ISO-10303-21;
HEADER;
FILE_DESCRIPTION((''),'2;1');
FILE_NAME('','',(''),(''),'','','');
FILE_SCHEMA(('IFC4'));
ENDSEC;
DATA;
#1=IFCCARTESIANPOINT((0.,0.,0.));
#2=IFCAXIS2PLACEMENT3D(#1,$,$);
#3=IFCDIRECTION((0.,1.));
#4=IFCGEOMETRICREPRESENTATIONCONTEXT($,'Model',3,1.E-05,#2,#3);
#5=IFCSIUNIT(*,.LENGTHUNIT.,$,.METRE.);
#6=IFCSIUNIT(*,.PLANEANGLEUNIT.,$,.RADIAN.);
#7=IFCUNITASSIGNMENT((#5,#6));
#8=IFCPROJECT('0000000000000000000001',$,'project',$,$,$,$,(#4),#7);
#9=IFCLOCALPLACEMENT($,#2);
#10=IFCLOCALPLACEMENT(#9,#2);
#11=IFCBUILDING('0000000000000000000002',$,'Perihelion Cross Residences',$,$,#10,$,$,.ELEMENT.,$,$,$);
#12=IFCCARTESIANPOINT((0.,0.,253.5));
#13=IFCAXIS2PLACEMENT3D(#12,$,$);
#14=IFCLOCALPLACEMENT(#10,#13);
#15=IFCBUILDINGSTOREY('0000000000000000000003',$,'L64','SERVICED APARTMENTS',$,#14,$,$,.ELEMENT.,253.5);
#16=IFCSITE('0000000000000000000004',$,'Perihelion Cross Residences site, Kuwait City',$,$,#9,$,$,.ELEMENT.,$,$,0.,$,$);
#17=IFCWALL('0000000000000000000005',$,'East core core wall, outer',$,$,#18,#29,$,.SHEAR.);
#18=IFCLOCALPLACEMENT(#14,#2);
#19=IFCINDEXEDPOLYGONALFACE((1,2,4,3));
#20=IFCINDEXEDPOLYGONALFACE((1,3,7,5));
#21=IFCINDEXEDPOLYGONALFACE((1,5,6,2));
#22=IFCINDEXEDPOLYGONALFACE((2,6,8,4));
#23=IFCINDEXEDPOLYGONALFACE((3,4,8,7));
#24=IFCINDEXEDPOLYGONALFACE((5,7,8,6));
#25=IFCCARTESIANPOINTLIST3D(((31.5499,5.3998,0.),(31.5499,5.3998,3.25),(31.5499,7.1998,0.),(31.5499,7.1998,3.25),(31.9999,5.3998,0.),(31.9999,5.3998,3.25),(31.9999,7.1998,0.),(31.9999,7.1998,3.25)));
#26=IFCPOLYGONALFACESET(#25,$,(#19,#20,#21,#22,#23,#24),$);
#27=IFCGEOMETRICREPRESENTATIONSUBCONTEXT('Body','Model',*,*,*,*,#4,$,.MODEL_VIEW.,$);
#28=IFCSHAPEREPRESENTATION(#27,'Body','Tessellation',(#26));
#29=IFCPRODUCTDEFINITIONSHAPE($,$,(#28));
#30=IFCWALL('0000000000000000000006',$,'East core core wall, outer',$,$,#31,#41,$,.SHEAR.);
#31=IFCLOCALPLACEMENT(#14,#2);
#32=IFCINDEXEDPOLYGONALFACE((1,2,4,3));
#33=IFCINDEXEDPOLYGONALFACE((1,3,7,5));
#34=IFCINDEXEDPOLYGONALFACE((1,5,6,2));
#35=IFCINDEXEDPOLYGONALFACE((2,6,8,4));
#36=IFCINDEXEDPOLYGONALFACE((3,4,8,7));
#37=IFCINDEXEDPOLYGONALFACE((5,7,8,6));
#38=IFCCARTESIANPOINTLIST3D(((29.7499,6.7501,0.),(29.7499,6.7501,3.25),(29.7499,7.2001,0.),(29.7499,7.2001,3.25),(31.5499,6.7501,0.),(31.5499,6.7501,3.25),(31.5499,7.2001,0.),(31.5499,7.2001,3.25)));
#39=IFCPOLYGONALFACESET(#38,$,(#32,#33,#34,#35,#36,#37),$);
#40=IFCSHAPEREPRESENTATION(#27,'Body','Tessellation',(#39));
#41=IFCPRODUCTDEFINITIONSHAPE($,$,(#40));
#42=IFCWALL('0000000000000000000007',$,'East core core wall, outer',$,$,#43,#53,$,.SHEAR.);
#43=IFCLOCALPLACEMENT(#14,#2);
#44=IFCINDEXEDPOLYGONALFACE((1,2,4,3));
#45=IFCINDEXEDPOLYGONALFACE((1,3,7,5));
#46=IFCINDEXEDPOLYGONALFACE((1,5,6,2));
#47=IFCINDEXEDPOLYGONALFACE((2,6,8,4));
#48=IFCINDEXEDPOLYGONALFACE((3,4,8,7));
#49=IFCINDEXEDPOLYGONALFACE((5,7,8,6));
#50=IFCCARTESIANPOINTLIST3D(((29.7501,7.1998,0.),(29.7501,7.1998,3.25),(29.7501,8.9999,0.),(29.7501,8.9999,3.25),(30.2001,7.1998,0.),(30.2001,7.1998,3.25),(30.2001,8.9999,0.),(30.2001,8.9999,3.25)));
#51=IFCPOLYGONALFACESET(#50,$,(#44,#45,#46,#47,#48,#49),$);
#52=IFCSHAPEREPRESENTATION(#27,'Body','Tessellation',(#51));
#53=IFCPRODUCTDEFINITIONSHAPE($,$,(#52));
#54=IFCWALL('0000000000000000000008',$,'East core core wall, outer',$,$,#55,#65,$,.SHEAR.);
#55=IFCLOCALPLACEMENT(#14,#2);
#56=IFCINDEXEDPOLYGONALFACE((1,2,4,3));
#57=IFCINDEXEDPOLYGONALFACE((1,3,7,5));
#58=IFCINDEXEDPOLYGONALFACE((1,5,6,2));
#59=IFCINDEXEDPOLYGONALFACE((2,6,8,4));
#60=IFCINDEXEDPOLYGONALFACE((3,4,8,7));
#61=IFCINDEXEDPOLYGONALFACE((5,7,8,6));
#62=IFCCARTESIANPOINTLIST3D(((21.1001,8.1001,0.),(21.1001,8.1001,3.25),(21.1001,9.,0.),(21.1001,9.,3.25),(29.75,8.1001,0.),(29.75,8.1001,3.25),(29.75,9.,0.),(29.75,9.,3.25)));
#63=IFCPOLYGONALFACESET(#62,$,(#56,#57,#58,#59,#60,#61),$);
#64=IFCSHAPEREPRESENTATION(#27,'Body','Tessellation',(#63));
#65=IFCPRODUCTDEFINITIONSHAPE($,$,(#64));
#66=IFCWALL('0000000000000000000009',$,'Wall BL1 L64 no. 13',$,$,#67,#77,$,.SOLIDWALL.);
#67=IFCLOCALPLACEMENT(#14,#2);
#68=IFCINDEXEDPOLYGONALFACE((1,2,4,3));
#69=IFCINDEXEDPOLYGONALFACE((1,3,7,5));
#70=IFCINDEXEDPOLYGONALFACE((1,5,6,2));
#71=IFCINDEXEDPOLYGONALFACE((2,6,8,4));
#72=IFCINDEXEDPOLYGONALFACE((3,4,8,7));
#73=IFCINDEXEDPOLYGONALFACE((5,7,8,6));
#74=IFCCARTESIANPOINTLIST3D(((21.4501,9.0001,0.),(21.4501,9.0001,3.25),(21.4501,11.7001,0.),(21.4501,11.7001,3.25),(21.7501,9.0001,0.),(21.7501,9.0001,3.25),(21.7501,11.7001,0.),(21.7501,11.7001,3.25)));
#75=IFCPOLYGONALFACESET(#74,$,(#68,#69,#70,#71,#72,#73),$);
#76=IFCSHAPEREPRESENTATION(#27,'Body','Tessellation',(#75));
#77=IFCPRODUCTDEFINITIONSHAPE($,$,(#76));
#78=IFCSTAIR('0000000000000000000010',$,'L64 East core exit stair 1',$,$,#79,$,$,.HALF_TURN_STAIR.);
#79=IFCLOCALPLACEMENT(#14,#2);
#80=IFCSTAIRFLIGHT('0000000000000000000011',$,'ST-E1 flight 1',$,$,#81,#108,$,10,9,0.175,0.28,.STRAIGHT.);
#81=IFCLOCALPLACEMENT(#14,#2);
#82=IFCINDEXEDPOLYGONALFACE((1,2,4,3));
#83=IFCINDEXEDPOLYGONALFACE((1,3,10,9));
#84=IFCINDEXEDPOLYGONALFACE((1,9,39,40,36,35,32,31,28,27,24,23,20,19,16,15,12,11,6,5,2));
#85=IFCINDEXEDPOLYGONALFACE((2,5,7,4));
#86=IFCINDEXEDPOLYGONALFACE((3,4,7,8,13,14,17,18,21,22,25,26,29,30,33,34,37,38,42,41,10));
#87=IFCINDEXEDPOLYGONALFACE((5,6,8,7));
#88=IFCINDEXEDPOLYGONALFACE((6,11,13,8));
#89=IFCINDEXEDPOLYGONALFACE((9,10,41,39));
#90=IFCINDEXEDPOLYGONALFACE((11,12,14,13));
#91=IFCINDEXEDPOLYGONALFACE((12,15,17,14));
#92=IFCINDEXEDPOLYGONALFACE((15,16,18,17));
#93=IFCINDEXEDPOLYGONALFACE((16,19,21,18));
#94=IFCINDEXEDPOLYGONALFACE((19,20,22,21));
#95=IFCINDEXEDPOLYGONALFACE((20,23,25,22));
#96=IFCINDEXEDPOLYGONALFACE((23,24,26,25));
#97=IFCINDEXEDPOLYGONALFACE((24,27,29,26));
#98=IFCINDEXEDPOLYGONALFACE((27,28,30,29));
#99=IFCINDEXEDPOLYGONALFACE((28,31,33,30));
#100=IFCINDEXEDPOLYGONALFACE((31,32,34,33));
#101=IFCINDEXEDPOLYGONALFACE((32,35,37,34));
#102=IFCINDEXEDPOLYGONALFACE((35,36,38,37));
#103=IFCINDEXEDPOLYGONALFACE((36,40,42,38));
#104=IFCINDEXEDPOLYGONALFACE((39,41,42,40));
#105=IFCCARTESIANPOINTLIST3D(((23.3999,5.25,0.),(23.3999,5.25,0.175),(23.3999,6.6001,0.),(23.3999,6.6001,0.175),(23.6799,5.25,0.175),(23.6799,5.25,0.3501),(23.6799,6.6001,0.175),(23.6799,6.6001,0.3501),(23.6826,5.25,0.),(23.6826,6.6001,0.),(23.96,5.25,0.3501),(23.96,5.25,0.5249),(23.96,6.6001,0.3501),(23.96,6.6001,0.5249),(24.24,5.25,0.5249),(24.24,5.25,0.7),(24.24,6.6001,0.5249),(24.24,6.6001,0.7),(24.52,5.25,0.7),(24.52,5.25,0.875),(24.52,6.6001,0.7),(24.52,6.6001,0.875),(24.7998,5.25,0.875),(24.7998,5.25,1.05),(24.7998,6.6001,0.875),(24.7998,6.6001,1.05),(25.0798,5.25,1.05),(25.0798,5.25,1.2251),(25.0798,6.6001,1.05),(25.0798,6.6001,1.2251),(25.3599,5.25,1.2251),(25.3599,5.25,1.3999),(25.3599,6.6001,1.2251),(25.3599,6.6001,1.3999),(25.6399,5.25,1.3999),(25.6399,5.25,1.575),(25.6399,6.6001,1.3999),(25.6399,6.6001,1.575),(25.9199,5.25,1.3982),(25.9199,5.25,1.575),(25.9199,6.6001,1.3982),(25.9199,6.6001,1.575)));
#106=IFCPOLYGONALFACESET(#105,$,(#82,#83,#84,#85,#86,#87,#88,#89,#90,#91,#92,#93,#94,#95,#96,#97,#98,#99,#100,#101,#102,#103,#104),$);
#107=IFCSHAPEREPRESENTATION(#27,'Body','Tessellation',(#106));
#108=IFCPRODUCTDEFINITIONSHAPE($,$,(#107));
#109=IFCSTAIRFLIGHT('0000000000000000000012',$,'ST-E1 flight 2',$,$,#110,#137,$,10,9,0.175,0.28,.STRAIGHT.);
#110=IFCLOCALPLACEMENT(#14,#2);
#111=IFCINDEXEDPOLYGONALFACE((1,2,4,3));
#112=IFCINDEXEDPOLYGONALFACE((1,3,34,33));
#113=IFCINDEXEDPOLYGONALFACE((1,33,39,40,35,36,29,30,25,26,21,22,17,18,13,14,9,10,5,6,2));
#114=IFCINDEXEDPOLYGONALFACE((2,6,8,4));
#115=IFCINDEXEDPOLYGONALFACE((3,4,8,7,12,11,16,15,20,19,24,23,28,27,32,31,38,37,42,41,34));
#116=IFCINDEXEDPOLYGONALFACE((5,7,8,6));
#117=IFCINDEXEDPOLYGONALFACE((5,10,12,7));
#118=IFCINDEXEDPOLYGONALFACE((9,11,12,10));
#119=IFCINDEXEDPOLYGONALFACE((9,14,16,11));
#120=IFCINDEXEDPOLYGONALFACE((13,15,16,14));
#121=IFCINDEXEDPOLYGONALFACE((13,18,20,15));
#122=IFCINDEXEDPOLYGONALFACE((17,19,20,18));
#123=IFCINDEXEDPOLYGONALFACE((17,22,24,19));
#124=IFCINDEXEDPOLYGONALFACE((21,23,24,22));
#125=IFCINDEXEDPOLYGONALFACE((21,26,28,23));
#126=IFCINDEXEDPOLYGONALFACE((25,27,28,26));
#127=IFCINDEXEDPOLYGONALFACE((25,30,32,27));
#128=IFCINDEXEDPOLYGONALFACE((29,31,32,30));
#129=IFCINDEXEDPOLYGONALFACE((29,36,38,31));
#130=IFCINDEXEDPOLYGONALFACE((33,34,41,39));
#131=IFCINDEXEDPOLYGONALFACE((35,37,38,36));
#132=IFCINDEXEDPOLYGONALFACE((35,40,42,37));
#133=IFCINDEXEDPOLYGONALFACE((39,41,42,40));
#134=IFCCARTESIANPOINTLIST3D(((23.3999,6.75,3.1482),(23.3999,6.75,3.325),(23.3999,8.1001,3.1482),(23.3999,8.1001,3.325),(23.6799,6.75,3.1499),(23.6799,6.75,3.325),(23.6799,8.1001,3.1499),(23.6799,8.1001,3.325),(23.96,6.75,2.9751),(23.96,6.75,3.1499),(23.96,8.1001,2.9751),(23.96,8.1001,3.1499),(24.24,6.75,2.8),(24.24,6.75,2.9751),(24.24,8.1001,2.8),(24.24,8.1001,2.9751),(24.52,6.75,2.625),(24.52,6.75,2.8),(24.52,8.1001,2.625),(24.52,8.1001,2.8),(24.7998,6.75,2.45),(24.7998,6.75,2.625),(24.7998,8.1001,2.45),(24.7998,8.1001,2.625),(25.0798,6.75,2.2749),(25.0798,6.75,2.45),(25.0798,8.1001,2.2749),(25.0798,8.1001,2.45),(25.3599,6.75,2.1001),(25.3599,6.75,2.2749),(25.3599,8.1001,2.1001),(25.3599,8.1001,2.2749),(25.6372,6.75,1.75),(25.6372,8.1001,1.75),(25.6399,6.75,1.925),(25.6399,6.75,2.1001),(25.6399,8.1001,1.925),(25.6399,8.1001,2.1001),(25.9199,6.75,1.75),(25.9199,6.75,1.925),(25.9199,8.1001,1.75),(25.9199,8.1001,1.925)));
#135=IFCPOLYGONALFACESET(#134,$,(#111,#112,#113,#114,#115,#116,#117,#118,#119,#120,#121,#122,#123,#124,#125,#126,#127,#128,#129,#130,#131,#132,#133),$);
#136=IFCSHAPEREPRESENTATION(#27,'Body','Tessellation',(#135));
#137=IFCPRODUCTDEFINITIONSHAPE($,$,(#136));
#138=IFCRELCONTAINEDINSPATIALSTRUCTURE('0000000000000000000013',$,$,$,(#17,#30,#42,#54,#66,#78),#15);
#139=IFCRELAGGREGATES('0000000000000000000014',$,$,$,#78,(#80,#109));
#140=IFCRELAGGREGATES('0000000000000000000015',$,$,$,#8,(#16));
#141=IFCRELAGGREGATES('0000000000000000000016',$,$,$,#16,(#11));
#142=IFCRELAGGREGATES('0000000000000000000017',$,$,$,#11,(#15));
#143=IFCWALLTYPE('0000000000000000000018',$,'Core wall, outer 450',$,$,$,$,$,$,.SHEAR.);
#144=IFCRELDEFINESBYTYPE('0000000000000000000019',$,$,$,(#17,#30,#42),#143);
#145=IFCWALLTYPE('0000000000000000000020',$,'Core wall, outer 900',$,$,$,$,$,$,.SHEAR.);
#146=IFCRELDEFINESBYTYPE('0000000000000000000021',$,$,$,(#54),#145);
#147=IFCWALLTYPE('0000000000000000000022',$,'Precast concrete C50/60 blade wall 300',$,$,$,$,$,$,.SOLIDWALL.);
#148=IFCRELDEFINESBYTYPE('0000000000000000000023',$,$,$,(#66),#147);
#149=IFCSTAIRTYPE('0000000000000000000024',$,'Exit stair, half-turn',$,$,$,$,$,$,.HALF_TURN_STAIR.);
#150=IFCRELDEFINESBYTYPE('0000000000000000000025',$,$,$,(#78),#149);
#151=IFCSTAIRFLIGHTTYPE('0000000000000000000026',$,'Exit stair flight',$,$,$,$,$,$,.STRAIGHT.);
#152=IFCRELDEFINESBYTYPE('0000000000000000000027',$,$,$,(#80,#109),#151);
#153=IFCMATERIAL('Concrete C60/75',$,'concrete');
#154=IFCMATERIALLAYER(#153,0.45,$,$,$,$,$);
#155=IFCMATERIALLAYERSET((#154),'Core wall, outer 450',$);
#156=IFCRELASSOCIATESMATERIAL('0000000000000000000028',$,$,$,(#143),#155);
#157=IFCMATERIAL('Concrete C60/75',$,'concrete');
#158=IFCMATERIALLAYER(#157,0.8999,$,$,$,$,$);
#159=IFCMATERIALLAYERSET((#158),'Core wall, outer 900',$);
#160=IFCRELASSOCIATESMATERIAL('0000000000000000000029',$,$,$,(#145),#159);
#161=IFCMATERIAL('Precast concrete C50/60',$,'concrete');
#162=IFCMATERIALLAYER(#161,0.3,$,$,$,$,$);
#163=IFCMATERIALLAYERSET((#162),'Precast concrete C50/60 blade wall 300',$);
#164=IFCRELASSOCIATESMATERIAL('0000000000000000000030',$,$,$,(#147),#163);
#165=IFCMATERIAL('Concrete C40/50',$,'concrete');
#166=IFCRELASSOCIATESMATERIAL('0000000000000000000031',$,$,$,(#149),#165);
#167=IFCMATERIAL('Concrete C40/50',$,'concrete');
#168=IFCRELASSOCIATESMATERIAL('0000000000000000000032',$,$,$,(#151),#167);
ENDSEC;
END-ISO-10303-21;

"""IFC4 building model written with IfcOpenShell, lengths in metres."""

from ifc_helpers import new_model, si_unit, direction, frame, frame_2d, origin, place, context, subcontext, project, spatial, polyline, rectangle, outline, extrude, material, layer, layer_set, type_object, element, aggregate, save


model = new_model("IFC4")

# Units and contexts
model_context = context("Model", 3, precision=1e-05, world=origin(), true_north=direction((0.0, 1.0)))
body_context = subcontext(model_context, "Body", "Model", "MODEL_VIEW")
ifc_project = project(units=[si_unit("LENGTHUNIT", "METRE"), si_unit("PLANEANGLEUNIT", "RADIAN")], contexts=[model_context])

# Site, building, storey
site_placement = place(None, origin())
site = spatial("IfcSite", under=ifc_project, at=site_placement, Name="Perihelion Cross Residences site, Kuwait City", CompositionType="ELEMENT", RefElevation=0.0)
building_placement = place(site_placement, origin())
building = spatial("IfcBuilding", under=site, at=building_placement, Name="Perihelion Cross Residences", CompositionType="ELEMENT")
storey_placement = place(building_placement, frame((0.0, 0.0, 253.5)))
storey = spatial("IfcBuildingStorey", under=building, at=storey_placement, Name="L64", Description="SERVICED APARTMENTS", CompositionType="ELEMENT", Elevation=253.5)

# Walls
ifc_material_1 = material(Name="Concrete C60/75", Category="concrete")
ifc_layer_1 = layer(ifc_material_1, 0.45)
ifc_layer_set_1 = layer_set([ifc_layer_1], Name="Core wall, outer 450")
wall_type_1 = type_object("IfcWallType", Name="Core wall, outer 450", PredefinedType="SHEAR", material=ifc_layer_set_1)
for number, where, z_axis, x_axis, name in (
    (1, (31.7749, 5.3999, 0.0), (0.0, 0.0, 1.0), (0.0, 1.0, 0.0), "East core core wall, outer"),
    (2, (29.75, 6.9751, 0.0), (0.0, 0.0, 1.0), (1.0, 0.0, 0.0), "East core core wall, outer"),
    (3, (29.9751, 7.2, 0.0), (0.0, 0.0, 1.0), (0.0, 1.0, 0.0), "East core core wall, outer"),
):
    element("IfcWall", number, at=place(storey_placement, frame(where, z_axis=z_axis, x_axis=x_axis)), inside=storey, type_object=wall_type_1, Name=name, PredefinedType="SHEAR", context=body_context, shape_type="SweptSolid", body=[
        extrude(rectangle(XDim=1.8, YDim=0.45, at=frame_2d((0.8999, 0.0))), origin(), (0.0, 0.0, 1.0), 3.25),
    ])
ifc_material_2 = material(Name="Concrete C60/75", Category="concrete")
ifc_layer_2 = layer(ifc_material_2, 0.8999)
ifc_layer_set_2 = layer_set([ifc_layer_2], Name="Core wall, outer 900")
wall_type_2 = type_object("IfcWallType", Name="Core wall, outer 900", PredefinedType="SHEAR", material=ifc_layer_set_2)
wall_1_placement = place(storey_placement, frame((21.1001, 8.55, 0.0), z_axis=(0.0, 0.0, 1.0), x_axis=(1.0, 0.0, 0.0)))
element("IfcWall", 4, at=wall_1_placement, inside=storey, type_object=wall_type_2, Name="East core core wall, outer", PredefinedType="SHEAR", context=body_context, shape_type="SweptSolid", body=[
    extrude(rectangle(XDim=8.6499, YDim=0.8999, at=frame_2d((4.325, 0.0))), origin(), (0.0, 0.0, 1.0), 3.25),
])
ifc_material_3 = material(Name="Precast concrete C50/60", Category="concrete")
ifc_layer_3 = layer(ifc_material_3, 0.3)
ifc_layer_set_3 = layer_set([ifc_layer_3], Name="Precast concrete C50/60 blade wall 300")
wall_type_3 = type_object("IfcWallType", Name="Precast concrete C50/60 blade wall 300", PredefinedType="SOLIDWALL", material=ifc_layer_set_3)
wall_2_placement = place(storey_placement, frame((21.6001, 9.0, 0.0), z_axis=(0.0, 0.0, 1.0), x_axis=(0.0, 1.0, 0.0)))
element("IfcWall", 5, at=wall_2_placement, inside=storey, type_object=wall_type_3, Name="Wall BL1 L64 no. 13", PredefinedType="SOLIDWALL", context=body_context, shape_type="SweptSolid", body=[
    extrude(rectangle(XDim=2.7, YDim=0.3, at=frame_2d((1.3501, 0.0))), origin(), (0.0, 0.0, 1.0), 3.25),
])

# Stair, stair flights
ifc_material_4 = material(Name="Concrete C40/50", Category="concrete")
stair_type = type_object("IfcStairType", Name="Exit stair, half-turn", PredefinedType="HALF_TURN_STAIR", material=ifc_material_4)
stair_placement = place(storey_placement, origin())
stair = element("IfcStair", 6, at=stair_placement, inside=storey, type_object=stair_type, Name="L64 East core exit stair 1", PredefinedType="HALF_TURN_STAIR")
ifc_material_5 = material(Name="Concrete C40/50", Category="concrete")
stair_flight_type = type_object("IfcStairFlightType", Name="Exit stair flight", PredefinedType="STRAIGHT", material=ifc_material_5)
stair_flight_1_placement = place(storey_placement, frame((23.3999, 5.925, 0.0), z_axis=(0.0, 0.0, 1.0), x_axis=(1.0, 0.0, 0.0)))
stair_flight_1 = element("IfcStairFlight", 7, at=stair_flight_1_placement, type_object=stair_flight_type, Name="ST-E1 flight 1", NumberOfRisers=10, NumberOfTreads=9, PredefinedType="STRAIGHT", RiserHeight=0.175, TreadLength=0.28, context=body_context, shape_type="SweptSolid", body=[
    extrude(outline(polyline([(0.0, 0.0), (0.0, 0.175), (0.28, 0.175), (0.28, 0.3501), (0.5601, 0.3501), (0.5601, 0.5249), (0.8401, 0.5249), (0.8401, 0.7), (1.1201, 0.7), (1.1201, 0.875), (1.3999, 0.875), (1.3999, 1.05), (1.6799, 1.05), (1.6799, 1.2251), (1.96, 1.2251), (1.96, 1.3999), (2.24, 1.3999), (2.24, 1.575), (2.52, 1.575), (2.52, 1.75), (2.52, 1.3982), (0.2827, 0.0), (0.0, 0.0)])), frame((0.0, 0.675, 0.0), z_axis=(0.0, -1.0, 0.0), x_axis=(1.0, 0.0, 0.0)), (0.0, 0.0, 1.0), 1.3501),
])
stair_flight_2_placement = place(storey_placement, frame((25.9199, 7.425, 1.75), z_axis=(0.0, 0.0, 1.0), x_axis=(-1.0, 0.0, 0.0)))
stair_flight_2 = element("IfcStairFlight", 8, at=stair_flight_2_placement, type_object=stair_flight_type, Name="ST-E1 flight 2", NumberOfRisers=10, NumberOfTreads=9, PredefinedType="STRAIGHT", RiserHeight=0.175, TreadLength=0.28, context=body_context, shape_type="SweptSolid", body=[
    extrude(outline(polyline([(0.0, 0.0), (0.0, 0.175), (0.28, 0.175), (0.28, 0.3501), (0.5601, 0.3501), (0.5601, 0.5249), (0.8401, 0.5249), (0.8401, 0.7), (1.1201, 0.7), (1.1201, 0.875), (1.3999, 0.875), (1.3999, 1.05), (1.6799, 1.05), (1.6799, 1.2251), (1.96, 1.2251), (1.96, 1.3999), (2.24, 1.3999), (2.24, 1.575), (2.52, 1.575), (2.52, 1.75), (2.52, 1.3982), (0.2827, 0.0), (0.0, 0.0)])), frame((0.0, 0.675, 0.0), z_axis=(0.0, -1.0, 0.0), x_axis=(1.0, 0.0, 0.0)), (0.0, 0.0, 1.0), 1.3501),
])
aggregate(stair, [stair_flight_1, stair_flight_2])

save(model, "model.ifc")
